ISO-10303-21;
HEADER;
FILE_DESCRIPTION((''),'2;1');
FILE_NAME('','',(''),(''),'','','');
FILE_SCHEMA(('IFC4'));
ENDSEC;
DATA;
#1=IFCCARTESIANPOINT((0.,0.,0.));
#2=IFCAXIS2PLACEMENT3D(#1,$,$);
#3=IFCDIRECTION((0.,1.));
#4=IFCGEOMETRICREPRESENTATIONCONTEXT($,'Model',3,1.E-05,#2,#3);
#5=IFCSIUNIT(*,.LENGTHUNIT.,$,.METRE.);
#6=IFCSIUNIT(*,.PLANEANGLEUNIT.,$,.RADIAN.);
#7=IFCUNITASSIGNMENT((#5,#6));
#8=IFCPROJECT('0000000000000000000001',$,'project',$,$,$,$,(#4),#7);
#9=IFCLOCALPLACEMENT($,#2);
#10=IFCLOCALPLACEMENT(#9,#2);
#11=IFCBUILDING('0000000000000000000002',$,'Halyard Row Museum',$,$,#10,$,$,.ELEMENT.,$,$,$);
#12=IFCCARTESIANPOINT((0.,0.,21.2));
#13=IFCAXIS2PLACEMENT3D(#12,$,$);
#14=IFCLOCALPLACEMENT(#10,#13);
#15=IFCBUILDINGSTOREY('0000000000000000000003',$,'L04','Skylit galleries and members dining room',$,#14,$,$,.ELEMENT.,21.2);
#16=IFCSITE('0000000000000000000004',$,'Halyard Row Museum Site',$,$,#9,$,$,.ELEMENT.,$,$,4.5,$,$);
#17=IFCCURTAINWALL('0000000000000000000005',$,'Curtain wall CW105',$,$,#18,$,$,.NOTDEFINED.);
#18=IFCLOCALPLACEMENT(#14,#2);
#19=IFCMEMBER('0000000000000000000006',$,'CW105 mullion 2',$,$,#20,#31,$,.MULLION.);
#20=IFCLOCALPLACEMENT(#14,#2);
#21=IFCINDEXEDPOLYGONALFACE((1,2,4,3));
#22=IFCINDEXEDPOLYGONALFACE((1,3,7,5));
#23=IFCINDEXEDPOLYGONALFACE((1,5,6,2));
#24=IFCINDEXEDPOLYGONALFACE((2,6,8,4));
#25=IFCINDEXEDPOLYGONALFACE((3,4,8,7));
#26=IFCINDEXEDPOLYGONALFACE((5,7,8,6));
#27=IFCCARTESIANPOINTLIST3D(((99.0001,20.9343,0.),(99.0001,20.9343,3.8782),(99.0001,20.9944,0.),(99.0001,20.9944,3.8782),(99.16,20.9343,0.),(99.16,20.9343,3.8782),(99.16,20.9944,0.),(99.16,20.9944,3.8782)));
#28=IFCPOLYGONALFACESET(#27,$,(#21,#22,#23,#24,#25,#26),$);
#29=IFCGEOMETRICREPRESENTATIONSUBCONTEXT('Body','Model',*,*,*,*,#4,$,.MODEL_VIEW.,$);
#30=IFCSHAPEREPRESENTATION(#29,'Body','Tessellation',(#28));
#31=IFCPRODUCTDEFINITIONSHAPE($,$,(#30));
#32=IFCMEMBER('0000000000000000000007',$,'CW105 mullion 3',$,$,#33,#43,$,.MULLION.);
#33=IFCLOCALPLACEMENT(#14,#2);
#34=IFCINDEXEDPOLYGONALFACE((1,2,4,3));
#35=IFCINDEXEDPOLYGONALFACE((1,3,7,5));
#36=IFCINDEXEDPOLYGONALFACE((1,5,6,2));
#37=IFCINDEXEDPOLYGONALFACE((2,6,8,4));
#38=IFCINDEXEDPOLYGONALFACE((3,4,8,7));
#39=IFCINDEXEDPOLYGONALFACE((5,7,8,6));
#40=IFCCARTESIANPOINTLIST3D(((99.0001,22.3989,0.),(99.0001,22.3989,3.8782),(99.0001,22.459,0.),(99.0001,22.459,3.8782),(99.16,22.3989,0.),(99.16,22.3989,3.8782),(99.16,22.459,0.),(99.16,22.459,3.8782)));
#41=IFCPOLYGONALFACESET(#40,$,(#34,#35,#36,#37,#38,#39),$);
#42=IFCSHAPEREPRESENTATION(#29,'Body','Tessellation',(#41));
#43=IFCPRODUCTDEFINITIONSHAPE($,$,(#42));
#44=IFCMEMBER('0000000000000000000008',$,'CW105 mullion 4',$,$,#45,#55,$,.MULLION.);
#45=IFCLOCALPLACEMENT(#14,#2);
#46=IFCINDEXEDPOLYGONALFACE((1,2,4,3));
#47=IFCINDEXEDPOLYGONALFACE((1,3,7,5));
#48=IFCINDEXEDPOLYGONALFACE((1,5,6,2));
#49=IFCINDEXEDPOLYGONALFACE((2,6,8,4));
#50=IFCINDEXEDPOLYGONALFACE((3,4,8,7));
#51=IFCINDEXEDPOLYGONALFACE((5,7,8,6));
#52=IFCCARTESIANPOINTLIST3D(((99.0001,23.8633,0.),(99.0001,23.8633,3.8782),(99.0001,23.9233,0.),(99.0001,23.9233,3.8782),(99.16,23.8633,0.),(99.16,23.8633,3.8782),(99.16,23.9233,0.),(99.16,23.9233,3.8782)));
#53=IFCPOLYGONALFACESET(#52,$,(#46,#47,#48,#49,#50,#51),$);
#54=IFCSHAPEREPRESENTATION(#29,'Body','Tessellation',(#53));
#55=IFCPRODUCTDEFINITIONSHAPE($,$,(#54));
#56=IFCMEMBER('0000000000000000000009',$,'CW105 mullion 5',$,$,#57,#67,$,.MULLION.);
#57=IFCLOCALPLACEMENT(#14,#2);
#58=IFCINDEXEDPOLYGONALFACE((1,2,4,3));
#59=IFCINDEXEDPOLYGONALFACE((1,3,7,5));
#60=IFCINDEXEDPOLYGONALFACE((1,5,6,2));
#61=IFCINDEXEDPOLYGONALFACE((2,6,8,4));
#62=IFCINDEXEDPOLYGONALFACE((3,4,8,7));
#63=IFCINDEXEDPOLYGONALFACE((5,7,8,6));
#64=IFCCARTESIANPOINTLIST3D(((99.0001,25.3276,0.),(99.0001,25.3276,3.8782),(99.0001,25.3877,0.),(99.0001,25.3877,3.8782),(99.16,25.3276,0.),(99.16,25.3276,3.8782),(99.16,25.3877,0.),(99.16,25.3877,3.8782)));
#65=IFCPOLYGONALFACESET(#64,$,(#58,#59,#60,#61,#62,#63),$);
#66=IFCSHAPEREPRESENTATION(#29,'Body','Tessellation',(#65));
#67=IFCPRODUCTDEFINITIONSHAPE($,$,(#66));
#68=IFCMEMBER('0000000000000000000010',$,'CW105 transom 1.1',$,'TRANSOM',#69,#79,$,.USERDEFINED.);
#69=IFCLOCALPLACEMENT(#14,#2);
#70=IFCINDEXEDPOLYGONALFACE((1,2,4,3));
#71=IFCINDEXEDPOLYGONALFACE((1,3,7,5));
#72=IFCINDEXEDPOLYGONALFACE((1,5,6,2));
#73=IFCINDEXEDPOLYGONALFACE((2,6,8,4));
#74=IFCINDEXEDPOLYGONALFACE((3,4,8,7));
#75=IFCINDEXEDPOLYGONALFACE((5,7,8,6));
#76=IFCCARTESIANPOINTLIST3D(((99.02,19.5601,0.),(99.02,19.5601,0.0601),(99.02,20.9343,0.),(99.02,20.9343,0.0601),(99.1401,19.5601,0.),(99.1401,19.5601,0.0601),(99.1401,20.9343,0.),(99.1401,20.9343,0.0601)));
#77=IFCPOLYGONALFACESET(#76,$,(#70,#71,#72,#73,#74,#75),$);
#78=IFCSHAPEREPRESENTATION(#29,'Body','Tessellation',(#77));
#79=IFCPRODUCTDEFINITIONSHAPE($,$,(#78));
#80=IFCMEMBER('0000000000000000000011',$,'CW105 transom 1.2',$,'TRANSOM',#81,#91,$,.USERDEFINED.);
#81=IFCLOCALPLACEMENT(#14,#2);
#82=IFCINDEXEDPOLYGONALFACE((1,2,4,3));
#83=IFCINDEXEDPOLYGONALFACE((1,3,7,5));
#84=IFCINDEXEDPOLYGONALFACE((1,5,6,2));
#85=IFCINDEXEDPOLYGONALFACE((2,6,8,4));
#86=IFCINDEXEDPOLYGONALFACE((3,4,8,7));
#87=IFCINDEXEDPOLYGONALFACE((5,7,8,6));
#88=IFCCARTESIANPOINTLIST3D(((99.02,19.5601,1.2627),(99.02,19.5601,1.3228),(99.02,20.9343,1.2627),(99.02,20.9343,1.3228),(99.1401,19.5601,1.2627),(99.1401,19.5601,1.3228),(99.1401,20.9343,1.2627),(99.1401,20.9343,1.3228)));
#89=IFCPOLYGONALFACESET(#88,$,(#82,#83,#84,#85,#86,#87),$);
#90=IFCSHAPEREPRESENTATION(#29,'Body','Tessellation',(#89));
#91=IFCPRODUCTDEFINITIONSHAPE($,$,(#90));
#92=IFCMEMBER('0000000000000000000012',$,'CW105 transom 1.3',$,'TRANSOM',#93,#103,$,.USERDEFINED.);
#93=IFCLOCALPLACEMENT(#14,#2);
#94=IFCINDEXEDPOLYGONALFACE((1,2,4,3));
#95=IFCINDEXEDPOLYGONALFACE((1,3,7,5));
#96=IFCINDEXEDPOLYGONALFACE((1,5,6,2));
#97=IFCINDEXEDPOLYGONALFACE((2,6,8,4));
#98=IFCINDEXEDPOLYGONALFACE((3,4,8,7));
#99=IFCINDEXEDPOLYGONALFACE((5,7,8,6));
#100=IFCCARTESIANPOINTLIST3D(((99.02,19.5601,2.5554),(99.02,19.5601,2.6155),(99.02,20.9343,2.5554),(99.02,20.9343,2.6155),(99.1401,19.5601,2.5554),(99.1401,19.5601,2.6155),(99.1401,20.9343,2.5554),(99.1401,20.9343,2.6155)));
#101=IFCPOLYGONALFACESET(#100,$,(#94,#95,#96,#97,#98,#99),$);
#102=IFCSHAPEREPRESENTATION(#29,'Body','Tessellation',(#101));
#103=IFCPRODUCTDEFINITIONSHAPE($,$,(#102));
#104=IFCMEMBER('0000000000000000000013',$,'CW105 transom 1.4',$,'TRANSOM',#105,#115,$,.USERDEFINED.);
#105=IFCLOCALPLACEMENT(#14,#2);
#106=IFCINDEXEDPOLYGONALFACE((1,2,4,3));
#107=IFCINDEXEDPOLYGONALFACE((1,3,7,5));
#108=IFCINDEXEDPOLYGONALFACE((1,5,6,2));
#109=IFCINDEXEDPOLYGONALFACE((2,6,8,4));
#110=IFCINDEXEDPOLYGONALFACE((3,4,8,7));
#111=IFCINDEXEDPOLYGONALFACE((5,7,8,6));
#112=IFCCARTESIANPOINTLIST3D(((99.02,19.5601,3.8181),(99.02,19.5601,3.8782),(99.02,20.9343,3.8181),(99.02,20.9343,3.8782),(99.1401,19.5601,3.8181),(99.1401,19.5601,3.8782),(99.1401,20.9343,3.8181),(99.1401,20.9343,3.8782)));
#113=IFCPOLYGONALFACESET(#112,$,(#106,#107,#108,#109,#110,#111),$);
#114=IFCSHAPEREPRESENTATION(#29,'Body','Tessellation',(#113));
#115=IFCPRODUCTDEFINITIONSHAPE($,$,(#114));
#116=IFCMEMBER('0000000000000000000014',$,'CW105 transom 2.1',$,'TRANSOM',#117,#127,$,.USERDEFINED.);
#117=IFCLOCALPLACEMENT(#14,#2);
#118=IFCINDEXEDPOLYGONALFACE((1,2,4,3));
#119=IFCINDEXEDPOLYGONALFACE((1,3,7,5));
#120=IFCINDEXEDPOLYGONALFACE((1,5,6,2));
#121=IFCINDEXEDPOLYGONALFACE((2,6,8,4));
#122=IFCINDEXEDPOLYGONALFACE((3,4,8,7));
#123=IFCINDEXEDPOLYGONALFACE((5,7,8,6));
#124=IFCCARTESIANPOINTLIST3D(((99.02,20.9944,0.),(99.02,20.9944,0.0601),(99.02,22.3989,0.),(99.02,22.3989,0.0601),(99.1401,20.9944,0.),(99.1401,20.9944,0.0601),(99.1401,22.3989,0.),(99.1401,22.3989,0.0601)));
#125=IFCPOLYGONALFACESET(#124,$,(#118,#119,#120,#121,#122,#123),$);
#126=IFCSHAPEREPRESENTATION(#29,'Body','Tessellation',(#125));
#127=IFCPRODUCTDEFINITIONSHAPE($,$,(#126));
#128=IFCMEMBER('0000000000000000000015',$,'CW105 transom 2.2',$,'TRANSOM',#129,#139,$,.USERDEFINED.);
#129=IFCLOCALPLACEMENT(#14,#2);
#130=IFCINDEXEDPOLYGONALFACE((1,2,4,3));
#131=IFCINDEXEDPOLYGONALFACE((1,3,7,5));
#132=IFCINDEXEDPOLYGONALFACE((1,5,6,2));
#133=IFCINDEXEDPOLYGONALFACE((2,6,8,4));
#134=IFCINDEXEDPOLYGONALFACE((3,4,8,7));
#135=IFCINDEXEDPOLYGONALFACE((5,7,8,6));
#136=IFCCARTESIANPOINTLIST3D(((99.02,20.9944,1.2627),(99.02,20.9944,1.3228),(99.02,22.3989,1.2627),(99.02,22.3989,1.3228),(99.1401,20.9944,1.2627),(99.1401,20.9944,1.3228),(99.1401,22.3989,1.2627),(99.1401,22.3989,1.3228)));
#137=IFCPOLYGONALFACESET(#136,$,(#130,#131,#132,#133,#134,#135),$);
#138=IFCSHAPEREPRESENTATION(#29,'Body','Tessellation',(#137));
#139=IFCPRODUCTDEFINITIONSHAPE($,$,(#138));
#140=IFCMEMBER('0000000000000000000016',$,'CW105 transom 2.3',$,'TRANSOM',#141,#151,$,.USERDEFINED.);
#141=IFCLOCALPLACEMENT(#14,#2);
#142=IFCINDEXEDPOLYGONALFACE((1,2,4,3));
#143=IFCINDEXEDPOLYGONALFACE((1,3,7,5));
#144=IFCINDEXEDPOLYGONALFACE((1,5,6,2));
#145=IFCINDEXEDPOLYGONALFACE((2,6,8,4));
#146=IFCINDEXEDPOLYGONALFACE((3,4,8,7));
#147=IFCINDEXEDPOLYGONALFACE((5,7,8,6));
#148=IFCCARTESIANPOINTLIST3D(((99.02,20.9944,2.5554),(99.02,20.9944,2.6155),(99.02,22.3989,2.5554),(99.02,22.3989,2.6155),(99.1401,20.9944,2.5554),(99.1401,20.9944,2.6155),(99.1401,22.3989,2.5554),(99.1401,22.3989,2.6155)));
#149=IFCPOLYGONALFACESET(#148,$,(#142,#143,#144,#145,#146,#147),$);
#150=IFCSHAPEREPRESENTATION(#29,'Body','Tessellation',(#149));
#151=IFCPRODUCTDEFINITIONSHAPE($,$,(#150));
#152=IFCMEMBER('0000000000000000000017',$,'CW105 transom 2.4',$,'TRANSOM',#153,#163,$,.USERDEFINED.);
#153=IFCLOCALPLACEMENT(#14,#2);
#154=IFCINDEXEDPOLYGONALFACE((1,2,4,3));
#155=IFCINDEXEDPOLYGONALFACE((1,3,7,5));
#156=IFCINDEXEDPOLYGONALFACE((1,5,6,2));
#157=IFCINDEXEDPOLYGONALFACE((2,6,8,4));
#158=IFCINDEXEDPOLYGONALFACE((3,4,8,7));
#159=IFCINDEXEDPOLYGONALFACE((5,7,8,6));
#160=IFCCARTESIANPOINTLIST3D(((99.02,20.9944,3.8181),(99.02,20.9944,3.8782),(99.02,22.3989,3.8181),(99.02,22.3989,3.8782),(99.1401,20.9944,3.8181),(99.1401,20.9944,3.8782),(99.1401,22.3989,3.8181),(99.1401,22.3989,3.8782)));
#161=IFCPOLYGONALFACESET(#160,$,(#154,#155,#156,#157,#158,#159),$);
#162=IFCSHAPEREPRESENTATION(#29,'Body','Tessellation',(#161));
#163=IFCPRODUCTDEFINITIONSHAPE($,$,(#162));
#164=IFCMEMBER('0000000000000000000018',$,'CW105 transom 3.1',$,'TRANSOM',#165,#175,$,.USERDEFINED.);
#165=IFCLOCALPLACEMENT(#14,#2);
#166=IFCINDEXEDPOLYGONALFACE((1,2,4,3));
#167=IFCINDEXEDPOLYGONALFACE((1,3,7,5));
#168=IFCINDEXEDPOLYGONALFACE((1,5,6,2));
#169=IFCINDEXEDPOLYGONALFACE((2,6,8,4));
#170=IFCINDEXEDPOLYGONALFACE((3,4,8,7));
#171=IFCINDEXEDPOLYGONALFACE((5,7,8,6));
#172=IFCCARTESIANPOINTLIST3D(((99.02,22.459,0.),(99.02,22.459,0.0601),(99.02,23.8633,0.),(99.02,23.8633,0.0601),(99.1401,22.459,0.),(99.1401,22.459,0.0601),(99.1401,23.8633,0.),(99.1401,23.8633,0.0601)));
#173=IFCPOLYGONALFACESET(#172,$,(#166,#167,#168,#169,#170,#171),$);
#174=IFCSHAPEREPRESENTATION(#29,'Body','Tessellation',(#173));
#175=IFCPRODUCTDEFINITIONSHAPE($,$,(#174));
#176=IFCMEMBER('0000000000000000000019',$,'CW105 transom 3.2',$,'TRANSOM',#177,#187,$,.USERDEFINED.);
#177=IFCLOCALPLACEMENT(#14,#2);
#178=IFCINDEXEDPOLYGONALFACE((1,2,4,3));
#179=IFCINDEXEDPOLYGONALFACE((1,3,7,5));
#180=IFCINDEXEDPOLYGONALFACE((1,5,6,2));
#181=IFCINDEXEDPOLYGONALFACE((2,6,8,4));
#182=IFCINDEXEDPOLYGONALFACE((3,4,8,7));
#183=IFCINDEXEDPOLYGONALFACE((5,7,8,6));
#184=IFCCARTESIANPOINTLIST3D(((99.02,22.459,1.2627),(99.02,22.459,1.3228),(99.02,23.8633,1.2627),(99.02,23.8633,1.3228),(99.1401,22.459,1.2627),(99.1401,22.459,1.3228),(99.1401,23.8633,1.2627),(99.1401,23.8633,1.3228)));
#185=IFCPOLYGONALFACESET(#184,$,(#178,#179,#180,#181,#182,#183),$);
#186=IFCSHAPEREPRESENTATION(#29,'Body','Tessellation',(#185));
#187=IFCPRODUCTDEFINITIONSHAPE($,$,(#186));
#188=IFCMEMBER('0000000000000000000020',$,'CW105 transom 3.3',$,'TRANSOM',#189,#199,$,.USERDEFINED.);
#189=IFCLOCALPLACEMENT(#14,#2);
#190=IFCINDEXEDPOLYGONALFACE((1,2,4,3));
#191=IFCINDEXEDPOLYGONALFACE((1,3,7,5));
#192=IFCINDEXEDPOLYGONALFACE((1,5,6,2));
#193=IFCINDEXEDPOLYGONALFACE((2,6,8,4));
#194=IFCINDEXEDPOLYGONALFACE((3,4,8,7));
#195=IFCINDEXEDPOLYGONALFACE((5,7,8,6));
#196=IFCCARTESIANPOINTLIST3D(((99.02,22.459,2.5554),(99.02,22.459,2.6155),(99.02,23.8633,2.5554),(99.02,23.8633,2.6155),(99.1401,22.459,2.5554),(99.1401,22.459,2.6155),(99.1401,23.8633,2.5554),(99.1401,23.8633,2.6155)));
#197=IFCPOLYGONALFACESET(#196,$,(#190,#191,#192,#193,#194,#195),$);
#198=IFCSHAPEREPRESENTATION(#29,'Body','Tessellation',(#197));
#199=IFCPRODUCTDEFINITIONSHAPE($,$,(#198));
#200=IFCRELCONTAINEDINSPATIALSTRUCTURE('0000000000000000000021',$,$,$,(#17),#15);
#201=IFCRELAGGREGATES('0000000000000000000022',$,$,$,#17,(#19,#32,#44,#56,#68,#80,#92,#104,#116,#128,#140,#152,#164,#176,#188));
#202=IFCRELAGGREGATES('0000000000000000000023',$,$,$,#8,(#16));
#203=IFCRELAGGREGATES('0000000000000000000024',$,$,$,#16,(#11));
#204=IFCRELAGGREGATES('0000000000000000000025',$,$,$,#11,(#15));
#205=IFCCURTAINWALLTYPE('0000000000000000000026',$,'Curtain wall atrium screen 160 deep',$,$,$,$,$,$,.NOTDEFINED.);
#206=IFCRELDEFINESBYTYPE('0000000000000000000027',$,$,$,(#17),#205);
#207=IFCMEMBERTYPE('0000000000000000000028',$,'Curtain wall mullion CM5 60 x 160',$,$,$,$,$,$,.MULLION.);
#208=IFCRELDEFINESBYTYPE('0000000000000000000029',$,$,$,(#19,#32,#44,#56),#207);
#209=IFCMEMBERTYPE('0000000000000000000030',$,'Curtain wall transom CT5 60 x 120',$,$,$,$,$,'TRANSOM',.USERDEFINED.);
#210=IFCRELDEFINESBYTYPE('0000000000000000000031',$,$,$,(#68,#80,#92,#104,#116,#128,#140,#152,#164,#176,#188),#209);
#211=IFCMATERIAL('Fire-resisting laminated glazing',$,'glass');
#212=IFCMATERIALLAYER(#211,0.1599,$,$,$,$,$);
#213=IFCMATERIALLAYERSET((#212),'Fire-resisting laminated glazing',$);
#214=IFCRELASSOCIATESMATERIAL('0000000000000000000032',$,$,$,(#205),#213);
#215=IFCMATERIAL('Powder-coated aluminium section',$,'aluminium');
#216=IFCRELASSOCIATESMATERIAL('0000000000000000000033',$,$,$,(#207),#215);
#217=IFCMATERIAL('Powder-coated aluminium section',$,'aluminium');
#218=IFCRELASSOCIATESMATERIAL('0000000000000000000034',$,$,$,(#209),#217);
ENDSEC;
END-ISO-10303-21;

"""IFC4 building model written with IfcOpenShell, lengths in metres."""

from ifc_helpers import new_model, si_unit, direction, frame, origin, origin_2d, place, context, subcontext, project, spatial, rectangle, extrude, material, layer, layer_set, material_profile, profile_set, type_object, element, aggregate, save


model = new_model("IFC4")

# Units and contexts
model_context = context("Model", 3, precision=1e-05, world=origin(), true_north=direction((0.0, 1.0)))
body_context = subcontext(model_context, "Body", "Model", "MODEL_VIEW")
ifc_project = project(units=[si_unit("LENGTHUNIT", "METRE"), si_unit("PLANEANGLEUNIT", "RADIAN")], contexts=[model_context])

# Site, building, storey
site_placement = place(None, origin())
site = spatial("IfcSite", under=ifc_project, at=site_placement, Name="Halyard Row Museum Site", CompositionType="ELEMENT", RefElevation=4.5)
building_placement = place(site_placement, origin())
building = spatial("IfcBuilding", under=site, at=building_placement, Name="Halyard Row Museum", CompositionType="ELEMENT")
storey_placement = place(building_placement, frame((0.0, 0.0, 21.2)))
storey = spatial("IfcBuildingStorey", under=building, at=storey_placement, Name="L04", Description="Skylit galleries and members dining room", CompositionType="ELEMENT", Elevation=21.2)

# Curtain wall, members
ifc_material_1 = material(Name="Fire-resisting laminated glazing", Category="glass")
ifc_layer_1 = layer(ifc_material_1, 0.1599)
ifc_layer_set_1 = layer_set([ifc_layer_1], Name="Fire-resisting laminated glazing")
curtain_wall_type = type_object("IfcCurtainWallType", Name="Curtain wall atrium screen 160 deep", PredefinedType="NOTDEFINED", material=ifc_layer_set_1)
curtain_wall_placement = place(storey_placement, origin())
curtain_wall = element("IfcCurtainWall", 1, at=curtain_wall_placement, inside=storey, type_object=curtain_wall_type, Name="Curtain wall CW105", PredefinedType="NOTDEFINED")
ifc_material_2 = material(Name="Powder-coated aluminium section", Category="aluminium")
ifc_material_profile_1 = material_profile(ifc_material_2, rectangle(XDim=0.1599, YDim=0.0601, at=origin_2d()), Name="160x60 mullion")
ifc_profile_set_1 = profile_set([ifc_material_profile_1], Name="Powder-coated aluminium section")
member_type_1 = type_object("IfcMemberType", Name="Curtain wall mullion CM5 60 x 160", PredefinedType="MULLION", material=ifc_profile_set_1)
member_1_placement = place(storey_placement, frame((99.0801, 20.9644, 0.0), z_axis=(0.0, 0.0, 1.0), x_axis=(-1.0, 0.0, 0.0)))
member_1 = element("IfcMember", 2, at=member_1_placement, type_object=member_type_1, Name="CW105 mullion 2", PredefinedType="MULLION", context=body_context, shape_type="SweptSolid", body=[
    extrude(rectangle(XDim=0.1599, YDim=0.0601, at=origin_2d()), origin(), (0.0, 0.0, 1.0), 3.8782),
])
member_2_placement = place(storey_placement, frame((99.0801, 22.429, 0.0), z_axis=(0.0, 0.0, 1.0), x_axis=(-1.0, 0.0, 0.0)))
member_2 = element("IfcMember", 3, at=member_2_placement, type_object=member_type_1, Name="CW105 mullion 3", PredefinedType="MULLION", context=body_context, shape_type="SweptSolid", body=[
    extrude(rectangle(XDim=0.1599, YDim=0.0601, at=origin_2d()), origin(), (0.0, 0.0, 1.0), 3.8782),
])
member_3_placement = place(storey_placement, frame((99.0801, 23.8933, 0.0), z_axis=(0.0, 0.0, 1.0), x_axis=(-1.0, 0.0, 0.0)))
member_3 = element("IfcMember", 4, at=member_3_placement, type_object=member_type_1, Name="CW105 mullion 4", PredefinedType="MULLION", context=body_context, shape_type="SweptSolid", body=[
    extrude(rectangle(XDim=0.1599, YDim=0.0601, at=origin_2d()), origin(), (0.0, 0.0, 1.0), 3.8782),
])
member_4_placement = place(storey_placement, frame((99.0801, 25.3577, 0.0), z_axis=(0.0, 0.0, 1.0), x_axis=(-1.0, 0.0, 0.0)))
member_4 = element("IfcMember", 5, at=member_4_placement, type_object=member_type_1, Name="CW105 mullion 5", PredefinedType="MULLION", context=body_context, shape_type="SweptSolid", body=[
    extrude(rectangle(XDim=0.1599, YDim=0.0601, at=origin_2d()), origin(), (0.0, 0.0, 1.0), 3.8782),
])
ifc_material_3 = material(Name="Powder-coated aluminium section", Category="aluminium")
ifc_material_profile_2 = material_profile(ifc_material_3, rectangle(XDim=0.1201, YDim=0.0601, at=origin_2d()), Name="120x60 transom")
ifc_profile_set_2 = profile_set([ifc_material_profile_2], Name="Powder-coated aluminium section")
member_type_2 = type_object("IfcMemberType", Name="Curtain wall transom CT5 60 x 120", ElementType="TRANSOM", PredefinedType="USERDEFINED", material=ifc_profile_set_2)
member_5_placement = place(storey_placement, frame((99.0801, 19.5601, 0.03), z_axis=(0.0, 1.0, 0.0), x_axis=(-1.0, 0.0, 0.0)))
member_5 = element("IfcMember", 6, at=member_5_placement, type_object=member_type_2, Name="CW105 transom 1.1", ObjectType="TRANSOM", PredefinedType="USERDEFINED", context=body_context, shape_type="SweptSolid", body=[
    extrude(rectangle(XDim=0.1201, YDim=0.0601, at=origin_2d()), origin(), (0.0, 0.0, 1.0), 1.3743),
])
member_6_placement = place(storey_placement, frame((99.0801, 19.5601, 1.2927), z_axis=(0.0, 1.0, 0.0), x_axis=(-1.0, 0.0, 0.0)))
member_6 = element("IfcMember", 7, at=member_6_placement, type_object=member_type_2, Name="CW105 transom 1.2", ObjectType="TRANSOM", PredefinedType="USERDEFINED", context=body_context, shape_type="SweptSolid", body=[
    extrude(rectangle(XDim=0.1201, YDim=0.0601, at=origin_2d()), origin(), (0.0, 0.0, 1.0), 1.3743),
])
member_7_placement = place(storey_placement, frame((99.0801, 19.5601, 2.5854), z_axis=(0.0, 1.0, 0.0), x_axis=(-1.0, 0.0, 0.0)))
member_7 = element("IfcMember", 8, at=member_7_placement, type_object=member_type_2, Name="CW105 transom 1.3", ObjectType="TRANSOM", PredefinedType="USERDEFINED", context=body_context, shape_type="SweptSolid", body=[
    extrude(rectangle(XDim=0.1201, YDim=0.0601, at=origin_2d()), origin(), (0.0, 0.0, 1.0), 1.3743),
])
member_8_placement = place(storey_placement, frame((99.0801, 19.5601, 3.8481), z_axis=(0.0, 1.0, 0.0), x_axis=(-1.0, 0.0, 0.0)))
member_8 = element("IfcMember", 9, at=member_8_placement, type_object=member_type_2, Name="CW105 transom 1.4", ObjectType="TRANSOM", PredefinedType="USERDEFINED", context=body_context, shape_type="SweptSolid", body=[
    extrude(rectangle(XDim=0.1201, YDim=0.0601, at=origin_2d()), origin(), (0.0, 0.0, 1.0), 1.3743),
])
member_9_placement = place(storey_placement, frame((99.0801, 20.9944, 0.03), z_axis=(0.0, 1.0, 0.0), x_axis=(-1.0, 0.0, 0.0)))
member_9 = element("IfcMember", 10, at=member_9_placement, type_object=member_type_2, Name="CW105 transom 2.1", ObjectType="TRANSOM", PredefinedType="USERDEFINED", context=body_context, shape_type="SweptSolid", body=[
    extrude(rectangle(XDim=0.1201, YDim=0.0601, at=origin_2d()), origin(), (0.0, 0.0, 1.0), 1.4045),
])
member_10_placement = place(storey_placement, frame((99.0801, 20.9944, 1.2927), z_axis=(0.0, 1.0, 0.0), x_axis=(-1.0, 0.0, 0.0)))
member_10 = element("IfcMember", 11, at=member_10_placement, type_object=member_type_2, Name="CW105 transom 2.2", ObjectType="TRANSOM", PredefinedType="USERDEFINED", context=body_context, shape_type="SweptSolid", body=[
    extrude(rectangle(XDim=0.1201, YDim=0.0601, at=origin_2d()), origin(), (0.0, 0.0, 1.0), 1.4045),
])
member_11_placement = place(storey_placement, frame((99.0801, 20.9944, 2.5854), z_axis=(0.0, 1.0, 0.0), x_axis=(-1.0, 0.0, 0.0)))
member_11 = element("IfcMember", 12, at=member_11_placement, type_object=member_type_2, Name="CW105 transom 2.3", ObjectType="TRANSOM", PredefinedType="USERDEFINED", context=body_context, shape_type="SweptSolid", body=[
    extrude(rectangle(XDim=0.1201, YDim=0.0601, at=origin_2d()), origin(), (0.0, 0.0, 1.0), 1.4045),
])
member_12_placement = place(storey_placement, frame((99.0801, 20.9944, 3.8481), z_axis=(0.0, 1.0, 0.0), x_axis=(-1.0, 0.0, 0.0)))
member_12 = element("IfcMember", 13, at=member_12_placement, type_object=member_type_2, Name="CW105 transom 2.4", ObjectType="TRANSOM", PredefinedType="USERDEFINED", context=body_context, shape_type="SweptSolid", body=[
    extrude(rectangle(XDim=0.1201, YDim=0.0601, at=origin_2d()), origin(), (0.0, 0.0, 1.0), 1.4045),
])
member_13_placement = place(storey_placement, frame((99.0801, 22.459, 0.03), z_axis=(0.0, 1.0, 0.0), x_axis=(-1.0, 0.0, 0.0)))
member_13 = element("IfcMember", 14, at=member_13_placement, type_object=member_type_2, Name="CW105 transom 3.1", ObjectType="TRANSOM", PredefinedType="USERDEFINED", context=body_context, shape_type="SweptSolid", body=[
    extrude(rectangle(XDim=0.1201, YDim=0.0601, at=origin_2d()), origin(), (0.0, 0.0, 1.0), 1.4043),
])
member_14_placement = place(storey_placement, frame((99.0801, 22.459, 1.2927), z_axis=(0.0, 1.0, 0.0), x_axis=(-1.0, 0.0, 0.0)))
member_14 = element("IfcMember", 15, at=member_14_placement, type_object=member_type_2, Name="CW105 transom 3.2", ObjectType="TRANSOM", PredefinedType="USERDEFINED", context=body_context, shape_type="SweptSolid", body=[
    extrude(rectangle(XDim=0.1201, YDim=0.0601, at=origin_2d()), origin(), (0.0, 0.0, 1.0), 1.4043),
])
member_15_placement = place(storey_placement, frame((99.0801, 22.459, 2.5854), z_axis=(0.0, 1.0, 0.0), x_axis=(-1.0, 0.0, 0.0)))
member_15 = element("IfcMember", 16, at=member_15_placement, type_object=member_type_2, Name="CW105 transom 3.3", ObjectType="TRANSOM", PredefinedType="USERDEFINED", context=body_context, shape_type="SweptSolid", body=[
    extrude(rectangle(XDim=0.1201, YDim=0.0601, at=origin_2d()), origin(), (0.0, 0.0, 1.0), 1.4043),
])
aggregate(curtain_wall, [member_1, member_2, member_3, member_4, member_5, member_6, member_7, member_8, member_9, member_10, member_11, member_12, member_13, member_14, member_15])

save(model, "model.ifc")
